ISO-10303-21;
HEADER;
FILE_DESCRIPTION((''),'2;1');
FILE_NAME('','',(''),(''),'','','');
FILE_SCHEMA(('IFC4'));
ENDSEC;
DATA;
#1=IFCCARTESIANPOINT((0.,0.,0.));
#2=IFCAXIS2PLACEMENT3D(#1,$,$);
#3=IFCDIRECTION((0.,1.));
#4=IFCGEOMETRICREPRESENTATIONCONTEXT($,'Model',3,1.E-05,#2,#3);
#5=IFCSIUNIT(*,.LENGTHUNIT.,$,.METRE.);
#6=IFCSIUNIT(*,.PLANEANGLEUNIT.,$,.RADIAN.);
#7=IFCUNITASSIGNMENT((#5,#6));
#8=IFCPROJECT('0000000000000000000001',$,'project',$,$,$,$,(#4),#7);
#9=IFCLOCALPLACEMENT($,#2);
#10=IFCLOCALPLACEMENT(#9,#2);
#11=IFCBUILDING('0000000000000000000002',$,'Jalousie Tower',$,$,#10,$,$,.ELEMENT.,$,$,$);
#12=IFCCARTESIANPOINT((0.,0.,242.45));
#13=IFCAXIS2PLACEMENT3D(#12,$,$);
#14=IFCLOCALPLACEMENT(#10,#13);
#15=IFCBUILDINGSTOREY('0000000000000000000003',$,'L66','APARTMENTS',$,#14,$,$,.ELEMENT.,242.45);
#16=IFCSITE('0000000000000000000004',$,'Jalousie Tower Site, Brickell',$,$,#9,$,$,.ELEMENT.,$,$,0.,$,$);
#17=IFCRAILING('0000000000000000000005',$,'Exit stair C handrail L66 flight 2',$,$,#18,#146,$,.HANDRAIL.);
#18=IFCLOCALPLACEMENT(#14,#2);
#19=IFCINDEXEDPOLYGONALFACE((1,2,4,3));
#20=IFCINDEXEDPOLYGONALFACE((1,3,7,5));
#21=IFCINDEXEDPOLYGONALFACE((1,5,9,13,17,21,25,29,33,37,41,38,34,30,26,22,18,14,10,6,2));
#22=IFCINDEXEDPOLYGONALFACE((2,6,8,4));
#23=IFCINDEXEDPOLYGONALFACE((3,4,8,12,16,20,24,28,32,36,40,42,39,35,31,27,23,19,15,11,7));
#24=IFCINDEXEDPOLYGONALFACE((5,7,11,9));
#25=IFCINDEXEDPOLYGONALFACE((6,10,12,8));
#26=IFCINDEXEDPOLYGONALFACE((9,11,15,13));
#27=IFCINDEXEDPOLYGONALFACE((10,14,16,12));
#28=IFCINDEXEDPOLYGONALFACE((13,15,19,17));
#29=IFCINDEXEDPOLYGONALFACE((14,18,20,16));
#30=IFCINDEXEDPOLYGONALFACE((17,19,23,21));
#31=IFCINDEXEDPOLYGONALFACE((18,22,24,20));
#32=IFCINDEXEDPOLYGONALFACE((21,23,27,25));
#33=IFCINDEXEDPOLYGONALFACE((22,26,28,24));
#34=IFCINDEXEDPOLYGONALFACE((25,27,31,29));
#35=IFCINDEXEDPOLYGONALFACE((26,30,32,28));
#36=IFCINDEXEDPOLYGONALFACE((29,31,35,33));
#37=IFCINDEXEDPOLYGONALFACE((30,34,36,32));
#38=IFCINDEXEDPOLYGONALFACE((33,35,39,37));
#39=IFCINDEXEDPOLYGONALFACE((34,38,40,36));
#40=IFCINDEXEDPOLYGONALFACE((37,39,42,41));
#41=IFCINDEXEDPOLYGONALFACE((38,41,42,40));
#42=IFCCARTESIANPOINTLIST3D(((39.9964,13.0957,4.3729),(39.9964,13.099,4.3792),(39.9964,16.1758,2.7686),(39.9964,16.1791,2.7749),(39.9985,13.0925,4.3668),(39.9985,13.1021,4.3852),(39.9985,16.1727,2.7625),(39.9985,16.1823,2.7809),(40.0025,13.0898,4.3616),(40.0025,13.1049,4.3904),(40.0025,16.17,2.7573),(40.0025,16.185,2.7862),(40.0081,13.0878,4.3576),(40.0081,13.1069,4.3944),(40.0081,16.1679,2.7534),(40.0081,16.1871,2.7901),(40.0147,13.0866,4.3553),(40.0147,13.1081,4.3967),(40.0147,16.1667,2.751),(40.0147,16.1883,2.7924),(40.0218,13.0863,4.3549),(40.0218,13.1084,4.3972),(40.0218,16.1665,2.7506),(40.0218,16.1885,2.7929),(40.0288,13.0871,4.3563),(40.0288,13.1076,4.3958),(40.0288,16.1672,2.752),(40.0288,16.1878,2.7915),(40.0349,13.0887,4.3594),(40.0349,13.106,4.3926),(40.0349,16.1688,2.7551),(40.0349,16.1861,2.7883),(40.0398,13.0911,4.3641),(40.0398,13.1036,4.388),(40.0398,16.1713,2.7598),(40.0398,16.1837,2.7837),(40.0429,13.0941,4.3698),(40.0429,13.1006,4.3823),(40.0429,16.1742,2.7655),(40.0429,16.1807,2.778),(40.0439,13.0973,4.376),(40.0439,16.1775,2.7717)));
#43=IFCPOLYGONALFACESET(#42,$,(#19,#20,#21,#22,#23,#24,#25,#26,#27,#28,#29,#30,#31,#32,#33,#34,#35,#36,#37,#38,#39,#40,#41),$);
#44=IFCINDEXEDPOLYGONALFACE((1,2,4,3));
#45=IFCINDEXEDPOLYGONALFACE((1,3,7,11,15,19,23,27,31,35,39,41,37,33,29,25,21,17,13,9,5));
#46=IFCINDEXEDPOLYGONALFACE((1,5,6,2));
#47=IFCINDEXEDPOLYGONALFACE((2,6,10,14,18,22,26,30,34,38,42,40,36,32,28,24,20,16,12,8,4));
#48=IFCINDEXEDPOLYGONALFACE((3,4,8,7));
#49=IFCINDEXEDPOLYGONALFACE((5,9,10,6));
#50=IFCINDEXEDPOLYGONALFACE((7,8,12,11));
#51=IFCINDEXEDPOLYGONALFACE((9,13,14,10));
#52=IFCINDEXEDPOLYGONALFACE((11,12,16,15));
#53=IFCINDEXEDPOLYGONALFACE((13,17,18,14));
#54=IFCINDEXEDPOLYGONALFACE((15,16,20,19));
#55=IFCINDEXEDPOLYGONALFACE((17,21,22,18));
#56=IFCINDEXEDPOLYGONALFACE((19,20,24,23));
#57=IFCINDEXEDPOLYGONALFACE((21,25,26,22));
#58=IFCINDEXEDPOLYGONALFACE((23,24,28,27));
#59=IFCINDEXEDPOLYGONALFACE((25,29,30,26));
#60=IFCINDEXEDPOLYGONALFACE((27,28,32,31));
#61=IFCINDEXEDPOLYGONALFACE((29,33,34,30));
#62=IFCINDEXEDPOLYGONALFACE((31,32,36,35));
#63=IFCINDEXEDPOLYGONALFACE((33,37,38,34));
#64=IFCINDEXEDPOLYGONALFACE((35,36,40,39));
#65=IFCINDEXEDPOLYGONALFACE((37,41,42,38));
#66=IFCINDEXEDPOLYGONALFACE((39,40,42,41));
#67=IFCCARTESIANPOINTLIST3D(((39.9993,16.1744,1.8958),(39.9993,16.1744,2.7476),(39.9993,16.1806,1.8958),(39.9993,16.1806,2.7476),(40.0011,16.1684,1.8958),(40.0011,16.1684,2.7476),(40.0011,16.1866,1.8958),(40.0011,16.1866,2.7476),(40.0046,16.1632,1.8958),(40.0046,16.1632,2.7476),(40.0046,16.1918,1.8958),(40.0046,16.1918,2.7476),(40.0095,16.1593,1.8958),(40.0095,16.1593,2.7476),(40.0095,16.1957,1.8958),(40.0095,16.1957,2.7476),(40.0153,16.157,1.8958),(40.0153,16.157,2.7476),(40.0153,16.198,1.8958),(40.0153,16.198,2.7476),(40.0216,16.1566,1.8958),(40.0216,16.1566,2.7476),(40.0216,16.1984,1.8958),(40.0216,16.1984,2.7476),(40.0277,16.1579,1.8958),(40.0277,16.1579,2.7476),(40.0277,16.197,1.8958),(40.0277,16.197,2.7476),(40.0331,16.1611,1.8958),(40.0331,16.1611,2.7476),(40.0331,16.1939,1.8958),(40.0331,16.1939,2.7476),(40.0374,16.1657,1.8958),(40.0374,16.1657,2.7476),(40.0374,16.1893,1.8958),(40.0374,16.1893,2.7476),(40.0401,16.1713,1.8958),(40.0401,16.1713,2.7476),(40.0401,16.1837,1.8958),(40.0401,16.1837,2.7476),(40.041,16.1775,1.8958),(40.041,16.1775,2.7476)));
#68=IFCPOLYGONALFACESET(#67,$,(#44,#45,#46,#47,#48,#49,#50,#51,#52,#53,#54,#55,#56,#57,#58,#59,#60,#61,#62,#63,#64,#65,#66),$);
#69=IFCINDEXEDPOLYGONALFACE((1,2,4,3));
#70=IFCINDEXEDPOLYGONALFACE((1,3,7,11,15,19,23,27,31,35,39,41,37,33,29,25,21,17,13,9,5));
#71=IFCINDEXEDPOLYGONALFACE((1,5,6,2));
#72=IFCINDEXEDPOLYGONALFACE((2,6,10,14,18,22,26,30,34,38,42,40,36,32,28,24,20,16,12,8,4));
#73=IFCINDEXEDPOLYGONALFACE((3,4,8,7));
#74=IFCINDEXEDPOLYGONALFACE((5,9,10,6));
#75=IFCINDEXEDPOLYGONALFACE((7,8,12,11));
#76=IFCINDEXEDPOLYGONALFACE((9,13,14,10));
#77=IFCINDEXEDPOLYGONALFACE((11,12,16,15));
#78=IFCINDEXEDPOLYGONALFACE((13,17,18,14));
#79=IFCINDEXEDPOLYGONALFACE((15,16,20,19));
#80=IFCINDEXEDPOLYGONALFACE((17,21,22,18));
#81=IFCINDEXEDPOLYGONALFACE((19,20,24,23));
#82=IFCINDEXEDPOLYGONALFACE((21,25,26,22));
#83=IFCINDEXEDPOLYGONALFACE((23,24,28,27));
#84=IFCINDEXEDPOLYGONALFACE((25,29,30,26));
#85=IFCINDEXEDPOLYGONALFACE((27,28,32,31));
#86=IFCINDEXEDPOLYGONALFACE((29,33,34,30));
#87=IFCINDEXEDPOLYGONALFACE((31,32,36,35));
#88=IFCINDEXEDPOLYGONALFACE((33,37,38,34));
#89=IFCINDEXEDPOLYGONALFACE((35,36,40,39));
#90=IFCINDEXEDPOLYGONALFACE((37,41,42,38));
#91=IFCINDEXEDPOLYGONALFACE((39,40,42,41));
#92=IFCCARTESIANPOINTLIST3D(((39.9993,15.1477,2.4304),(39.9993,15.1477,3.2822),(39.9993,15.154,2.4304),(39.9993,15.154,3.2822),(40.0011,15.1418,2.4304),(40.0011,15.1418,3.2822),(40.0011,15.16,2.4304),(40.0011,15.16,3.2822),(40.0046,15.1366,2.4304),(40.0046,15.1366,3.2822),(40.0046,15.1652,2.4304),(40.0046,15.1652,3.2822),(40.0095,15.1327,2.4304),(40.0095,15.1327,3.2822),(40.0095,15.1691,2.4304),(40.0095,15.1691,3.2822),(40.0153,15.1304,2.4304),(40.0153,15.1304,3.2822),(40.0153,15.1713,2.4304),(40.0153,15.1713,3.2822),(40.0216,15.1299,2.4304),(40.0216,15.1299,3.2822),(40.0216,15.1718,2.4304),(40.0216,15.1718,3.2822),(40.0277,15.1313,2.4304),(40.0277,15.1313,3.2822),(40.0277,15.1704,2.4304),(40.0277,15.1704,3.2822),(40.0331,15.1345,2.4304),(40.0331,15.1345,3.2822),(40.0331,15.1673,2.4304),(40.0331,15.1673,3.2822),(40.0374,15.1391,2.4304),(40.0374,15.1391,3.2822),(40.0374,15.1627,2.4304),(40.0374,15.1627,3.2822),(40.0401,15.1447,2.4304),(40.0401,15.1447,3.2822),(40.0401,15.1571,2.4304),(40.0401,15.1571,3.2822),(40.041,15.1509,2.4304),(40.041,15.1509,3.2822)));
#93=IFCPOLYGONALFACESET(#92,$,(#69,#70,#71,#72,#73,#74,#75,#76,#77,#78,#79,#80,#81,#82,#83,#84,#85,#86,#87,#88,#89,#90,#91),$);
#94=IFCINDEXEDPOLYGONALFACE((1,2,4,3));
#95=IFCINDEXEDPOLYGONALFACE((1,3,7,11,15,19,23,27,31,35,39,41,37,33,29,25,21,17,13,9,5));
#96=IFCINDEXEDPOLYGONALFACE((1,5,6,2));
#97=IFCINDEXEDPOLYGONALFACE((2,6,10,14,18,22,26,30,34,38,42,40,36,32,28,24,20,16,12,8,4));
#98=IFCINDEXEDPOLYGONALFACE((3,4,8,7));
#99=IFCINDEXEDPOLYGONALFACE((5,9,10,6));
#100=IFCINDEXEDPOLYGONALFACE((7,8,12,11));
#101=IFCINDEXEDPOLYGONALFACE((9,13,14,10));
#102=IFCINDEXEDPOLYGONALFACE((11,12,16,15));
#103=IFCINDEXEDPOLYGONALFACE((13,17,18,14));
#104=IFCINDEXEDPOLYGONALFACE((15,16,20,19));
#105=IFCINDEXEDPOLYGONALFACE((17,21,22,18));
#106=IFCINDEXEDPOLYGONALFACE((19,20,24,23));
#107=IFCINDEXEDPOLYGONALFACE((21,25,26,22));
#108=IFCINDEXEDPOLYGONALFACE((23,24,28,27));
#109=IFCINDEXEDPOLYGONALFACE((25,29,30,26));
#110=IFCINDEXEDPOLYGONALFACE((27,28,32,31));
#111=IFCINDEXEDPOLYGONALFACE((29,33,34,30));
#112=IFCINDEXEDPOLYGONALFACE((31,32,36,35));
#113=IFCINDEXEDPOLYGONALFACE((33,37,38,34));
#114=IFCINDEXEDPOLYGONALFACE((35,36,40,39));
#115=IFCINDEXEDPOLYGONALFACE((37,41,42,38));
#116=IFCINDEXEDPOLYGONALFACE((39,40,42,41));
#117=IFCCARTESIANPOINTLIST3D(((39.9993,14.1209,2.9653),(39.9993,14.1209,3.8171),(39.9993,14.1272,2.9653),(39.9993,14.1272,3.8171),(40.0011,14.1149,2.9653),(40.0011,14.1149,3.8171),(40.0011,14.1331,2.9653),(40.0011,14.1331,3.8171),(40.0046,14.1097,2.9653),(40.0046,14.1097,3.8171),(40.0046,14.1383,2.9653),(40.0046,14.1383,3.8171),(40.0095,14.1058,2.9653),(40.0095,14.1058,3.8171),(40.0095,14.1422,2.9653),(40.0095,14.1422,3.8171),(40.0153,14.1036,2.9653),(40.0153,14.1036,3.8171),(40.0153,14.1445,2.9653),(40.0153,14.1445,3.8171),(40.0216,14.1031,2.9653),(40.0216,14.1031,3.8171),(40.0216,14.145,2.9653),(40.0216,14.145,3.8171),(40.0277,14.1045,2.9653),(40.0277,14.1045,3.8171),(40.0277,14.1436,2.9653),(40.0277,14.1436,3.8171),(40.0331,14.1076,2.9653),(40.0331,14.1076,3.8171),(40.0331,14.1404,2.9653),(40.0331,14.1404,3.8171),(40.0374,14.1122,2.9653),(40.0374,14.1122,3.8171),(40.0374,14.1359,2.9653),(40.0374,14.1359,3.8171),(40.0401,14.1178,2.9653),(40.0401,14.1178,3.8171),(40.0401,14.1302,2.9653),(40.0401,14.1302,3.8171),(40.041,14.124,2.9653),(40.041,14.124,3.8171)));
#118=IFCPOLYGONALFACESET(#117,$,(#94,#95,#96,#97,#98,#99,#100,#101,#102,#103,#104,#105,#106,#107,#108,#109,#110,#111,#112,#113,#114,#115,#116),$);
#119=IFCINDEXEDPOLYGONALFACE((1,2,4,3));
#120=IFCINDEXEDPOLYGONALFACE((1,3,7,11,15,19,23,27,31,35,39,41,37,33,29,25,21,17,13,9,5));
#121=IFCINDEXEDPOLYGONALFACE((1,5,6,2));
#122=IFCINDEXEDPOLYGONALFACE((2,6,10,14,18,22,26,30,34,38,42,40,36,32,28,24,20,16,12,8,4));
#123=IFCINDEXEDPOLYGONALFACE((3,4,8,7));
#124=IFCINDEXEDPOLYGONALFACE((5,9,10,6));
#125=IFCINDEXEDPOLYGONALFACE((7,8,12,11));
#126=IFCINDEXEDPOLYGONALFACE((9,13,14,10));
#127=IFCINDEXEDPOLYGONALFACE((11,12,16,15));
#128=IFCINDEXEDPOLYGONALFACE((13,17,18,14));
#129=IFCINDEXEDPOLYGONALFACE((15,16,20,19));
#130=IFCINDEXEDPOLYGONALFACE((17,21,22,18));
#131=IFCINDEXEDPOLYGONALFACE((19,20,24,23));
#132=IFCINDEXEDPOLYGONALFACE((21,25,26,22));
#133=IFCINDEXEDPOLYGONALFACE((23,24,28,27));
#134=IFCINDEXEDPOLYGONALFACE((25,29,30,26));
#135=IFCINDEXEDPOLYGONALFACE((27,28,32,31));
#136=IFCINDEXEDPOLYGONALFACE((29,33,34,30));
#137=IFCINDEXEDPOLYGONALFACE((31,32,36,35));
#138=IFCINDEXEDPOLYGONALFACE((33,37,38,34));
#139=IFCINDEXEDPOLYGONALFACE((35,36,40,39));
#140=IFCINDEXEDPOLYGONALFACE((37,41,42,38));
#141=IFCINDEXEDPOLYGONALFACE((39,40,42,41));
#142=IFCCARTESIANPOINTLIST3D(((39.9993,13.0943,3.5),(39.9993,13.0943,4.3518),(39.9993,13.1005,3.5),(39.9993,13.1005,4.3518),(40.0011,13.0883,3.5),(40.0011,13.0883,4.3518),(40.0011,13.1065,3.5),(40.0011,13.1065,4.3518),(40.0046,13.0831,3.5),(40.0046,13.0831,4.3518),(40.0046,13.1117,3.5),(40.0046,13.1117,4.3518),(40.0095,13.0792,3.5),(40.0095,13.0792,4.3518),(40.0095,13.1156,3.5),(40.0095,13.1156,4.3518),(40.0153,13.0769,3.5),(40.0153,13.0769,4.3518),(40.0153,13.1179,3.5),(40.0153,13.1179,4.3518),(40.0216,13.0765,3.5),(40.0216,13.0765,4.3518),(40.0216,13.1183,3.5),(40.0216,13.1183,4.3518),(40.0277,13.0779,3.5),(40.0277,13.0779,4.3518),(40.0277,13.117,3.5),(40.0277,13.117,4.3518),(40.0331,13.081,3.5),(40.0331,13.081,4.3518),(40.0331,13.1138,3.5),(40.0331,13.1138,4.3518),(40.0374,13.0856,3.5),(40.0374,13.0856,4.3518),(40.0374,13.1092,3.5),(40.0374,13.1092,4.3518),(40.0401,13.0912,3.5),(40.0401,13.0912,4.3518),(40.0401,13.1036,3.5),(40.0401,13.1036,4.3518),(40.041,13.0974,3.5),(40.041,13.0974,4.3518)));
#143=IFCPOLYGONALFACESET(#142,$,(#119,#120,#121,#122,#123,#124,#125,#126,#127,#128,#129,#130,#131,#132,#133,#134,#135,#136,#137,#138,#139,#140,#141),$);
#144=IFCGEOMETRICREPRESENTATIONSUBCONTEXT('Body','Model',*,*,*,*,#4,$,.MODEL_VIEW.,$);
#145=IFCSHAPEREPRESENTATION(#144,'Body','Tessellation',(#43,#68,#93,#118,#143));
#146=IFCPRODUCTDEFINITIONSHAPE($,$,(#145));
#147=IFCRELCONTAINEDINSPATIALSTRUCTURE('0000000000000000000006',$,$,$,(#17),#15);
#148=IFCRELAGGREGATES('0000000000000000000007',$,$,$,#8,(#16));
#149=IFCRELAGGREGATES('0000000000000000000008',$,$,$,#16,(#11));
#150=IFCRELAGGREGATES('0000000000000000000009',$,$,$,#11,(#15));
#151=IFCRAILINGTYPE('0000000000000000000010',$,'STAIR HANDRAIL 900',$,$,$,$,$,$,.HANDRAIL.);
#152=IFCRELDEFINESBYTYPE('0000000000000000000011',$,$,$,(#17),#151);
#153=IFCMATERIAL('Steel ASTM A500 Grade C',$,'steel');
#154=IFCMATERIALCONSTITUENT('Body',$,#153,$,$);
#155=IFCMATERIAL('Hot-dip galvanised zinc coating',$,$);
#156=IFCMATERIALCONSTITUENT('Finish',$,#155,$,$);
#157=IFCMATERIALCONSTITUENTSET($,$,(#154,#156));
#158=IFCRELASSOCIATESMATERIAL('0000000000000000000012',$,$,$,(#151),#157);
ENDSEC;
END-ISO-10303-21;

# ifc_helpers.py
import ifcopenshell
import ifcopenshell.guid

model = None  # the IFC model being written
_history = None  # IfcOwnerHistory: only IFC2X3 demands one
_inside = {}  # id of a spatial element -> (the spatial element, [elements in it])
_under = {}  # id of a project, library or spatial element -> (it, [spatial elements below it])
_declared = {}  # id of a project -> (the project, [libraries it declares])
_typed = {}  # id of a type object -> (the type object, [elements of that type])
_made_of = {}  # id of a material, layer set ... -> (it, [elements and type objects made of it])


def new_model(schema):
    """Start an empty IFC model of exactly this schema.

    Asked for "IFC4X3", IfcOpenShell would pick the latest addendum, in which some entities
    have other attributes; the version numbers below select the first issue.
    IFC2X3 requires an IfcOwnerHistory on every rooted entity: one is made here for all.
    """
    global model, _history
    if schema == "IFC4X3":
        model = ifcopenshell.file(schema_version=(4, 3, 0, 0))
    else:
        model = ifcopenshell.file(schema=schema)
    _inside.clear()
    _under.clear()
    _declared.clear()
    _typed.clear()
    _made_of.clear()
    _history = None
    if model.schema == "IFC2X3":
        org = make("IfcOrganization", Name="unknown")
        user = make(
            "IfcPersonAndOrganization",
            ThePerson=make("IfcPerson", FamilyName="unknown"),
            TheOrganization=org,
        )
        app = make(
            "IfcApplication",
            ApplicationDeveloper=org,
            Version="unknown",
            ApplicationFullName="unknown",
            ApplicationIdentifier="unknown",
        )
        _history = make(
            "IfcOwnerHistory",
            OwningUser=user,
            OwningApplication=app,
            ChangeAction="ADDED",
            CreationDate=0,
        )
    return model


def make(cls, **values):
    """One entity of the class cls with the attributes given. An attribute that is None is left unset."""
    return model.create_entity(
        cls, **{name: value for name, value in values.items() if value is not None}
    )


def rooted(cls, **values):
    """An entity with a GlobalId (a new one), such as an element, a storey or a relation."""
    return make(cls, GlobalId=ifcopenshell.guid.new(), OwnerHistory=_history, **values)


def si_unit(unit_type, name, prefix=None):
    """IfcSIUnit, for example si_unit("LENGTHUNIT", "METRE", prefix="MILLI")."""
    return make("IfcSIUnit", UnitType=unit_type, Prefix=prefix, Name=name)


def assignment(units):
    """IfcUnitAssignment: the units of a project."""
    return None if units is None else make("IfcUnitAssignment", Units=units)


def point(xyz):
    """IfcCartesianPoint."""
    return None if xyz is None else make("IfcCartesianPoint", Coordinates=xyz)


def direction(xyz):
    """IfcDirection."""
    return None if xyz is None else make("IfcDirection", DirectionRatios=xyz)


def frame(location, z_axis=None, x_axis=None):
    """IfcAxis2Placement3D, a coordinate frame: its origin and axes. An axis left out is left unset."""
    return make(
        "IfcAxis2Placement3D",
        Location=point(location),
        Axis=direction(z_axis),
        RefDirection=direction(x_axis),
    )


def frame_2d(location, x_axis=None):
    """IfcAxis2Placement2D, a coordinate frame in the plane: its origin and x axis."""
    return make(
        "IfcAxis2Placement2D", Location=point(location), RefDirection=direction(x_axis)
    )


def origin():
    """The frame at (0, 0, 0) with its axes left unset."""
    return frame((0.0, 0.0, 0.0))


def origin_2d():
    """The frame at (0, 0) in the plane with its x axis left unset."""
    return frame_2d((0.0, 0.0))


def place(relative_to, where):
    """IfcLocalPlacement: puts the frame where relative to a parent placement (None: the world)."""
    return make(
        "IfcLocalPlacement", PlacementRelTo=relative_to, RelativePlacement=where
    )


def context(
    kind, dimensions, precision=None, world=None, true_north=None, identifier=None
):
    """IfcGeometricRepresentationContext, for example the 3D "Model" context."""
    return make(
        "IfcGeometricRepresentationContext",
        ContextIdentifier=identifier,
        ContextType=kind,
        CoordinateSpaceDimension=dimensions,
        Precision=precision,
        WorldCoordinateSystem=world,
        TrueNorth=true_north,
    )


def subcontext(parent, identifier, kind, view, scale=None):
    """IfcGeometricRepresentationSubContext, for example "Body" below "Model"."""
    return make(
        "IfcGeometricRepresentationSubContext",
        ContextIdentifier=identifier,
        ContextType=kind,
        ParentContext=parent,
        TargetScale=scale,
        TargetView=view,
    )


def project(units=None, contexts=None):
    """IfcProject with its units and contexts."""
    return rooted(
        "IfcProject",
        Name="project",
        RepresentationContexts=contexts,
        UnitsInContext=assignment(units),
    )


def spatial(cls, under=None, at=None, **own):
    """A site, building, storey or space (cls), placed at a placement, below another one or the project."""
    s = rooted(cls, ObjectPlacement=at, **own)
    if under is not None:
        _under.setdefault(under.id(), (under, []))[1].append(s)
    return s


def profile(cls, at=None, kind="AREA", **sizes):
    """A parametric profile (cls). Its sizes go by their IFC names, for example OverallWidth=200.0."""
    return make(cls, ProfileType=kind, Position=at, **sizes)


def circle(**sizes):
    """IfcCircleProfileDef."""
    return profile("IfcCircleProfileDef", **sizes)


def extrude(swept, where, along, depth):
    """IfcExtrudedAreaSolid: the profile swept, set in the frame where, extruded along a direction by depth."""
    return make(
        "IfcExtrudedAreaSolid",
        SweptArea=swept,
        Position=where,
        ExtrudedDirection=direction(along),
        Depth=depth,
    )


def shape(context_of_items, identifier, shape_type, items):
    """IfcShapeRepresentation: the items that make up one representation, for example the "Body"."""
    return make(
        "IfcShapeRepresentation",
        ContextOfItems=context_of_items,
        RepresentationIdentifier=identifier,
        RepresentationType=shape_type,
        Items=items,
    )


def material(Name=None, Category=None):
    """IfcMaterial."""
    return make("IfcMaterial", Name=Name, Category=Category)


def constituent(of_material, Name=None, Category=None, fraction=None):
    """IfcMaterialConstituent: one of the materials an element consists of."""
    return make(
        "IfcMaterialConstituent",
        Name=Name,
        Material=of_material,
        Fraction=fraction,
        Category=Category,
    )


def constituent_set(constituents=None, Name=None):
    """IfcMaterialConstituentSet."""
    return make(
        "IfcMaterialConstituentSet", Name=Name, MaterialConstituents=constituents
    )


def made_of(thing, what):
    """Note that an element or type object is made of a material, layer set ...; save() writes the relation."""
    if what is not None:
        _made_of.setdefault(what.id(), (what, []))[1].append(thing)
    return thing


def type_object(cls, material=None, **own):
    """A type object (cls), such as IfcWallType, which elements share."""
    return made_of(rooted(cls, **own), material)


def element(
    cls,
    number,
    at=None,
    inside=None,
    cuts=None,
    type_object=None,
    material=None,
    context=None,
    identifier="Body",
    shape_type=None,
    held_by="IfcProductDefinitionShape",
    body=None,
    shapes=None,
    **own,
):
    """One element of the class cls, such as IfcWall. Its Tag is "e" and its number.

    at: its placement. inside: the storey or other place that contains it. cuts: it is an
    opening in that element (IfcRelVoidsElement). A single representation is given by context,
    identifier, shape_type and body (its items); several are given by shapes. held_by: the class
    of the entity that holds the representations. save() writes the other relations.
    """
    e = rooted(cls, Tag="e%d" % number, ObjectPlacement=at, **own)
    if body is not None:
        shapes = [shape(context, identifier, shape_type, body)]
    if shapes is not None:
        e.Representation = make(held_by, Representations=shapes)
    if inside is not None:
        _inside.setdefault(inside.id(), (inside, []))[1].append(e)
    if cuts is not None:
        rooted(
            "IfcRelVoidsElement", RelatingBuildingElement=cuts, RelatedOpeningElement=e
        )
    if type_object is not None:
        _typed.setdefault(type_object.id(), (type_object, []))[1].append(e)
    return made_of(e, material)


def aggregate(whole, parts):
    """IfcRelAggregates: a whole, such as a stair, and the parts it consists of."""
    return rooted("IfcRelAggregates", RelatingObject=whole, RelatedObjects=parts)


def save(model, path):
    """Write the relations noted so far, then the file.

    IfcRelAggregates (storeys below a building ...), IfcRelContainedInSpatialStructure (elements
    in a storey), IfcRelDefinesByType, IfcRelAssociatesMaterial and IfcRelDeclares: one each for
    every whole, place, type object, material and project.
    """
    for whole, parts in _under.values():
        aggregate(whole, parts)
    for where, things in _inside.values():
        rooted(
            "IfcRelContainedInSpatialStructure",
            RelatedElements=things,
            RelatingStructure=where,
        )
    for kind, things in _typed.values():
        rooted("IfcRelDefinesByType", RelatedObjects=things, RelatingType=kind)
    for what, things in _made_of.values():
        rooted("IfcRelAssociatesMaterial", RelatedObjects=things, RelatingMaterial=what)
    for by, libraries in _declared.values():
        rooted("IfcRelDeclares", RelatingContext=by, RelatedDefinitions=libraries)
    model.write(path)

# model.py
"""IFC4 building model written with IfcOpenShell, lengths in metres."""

from ifc_helpers import new_model, si_unit, direction, frame, origin, origin_2d, place, context, subcontext, project, spatial, circle, extrude, material, constituent, constituent_set, type_object, element, save


model = new_model("IFC4")

# Units and contexts
model_context = context("Model", 3, precision=1e-05, world=origin(), true_north=direction((0.0, 1.0)))
body_context = subcontext(model_context, "Body", "Model", "MODEL_VIEW")
ifc_project = project(units=[si_unit("LENGTHUNIT", "METRE"), si_unit("PLANEANGLEUNIT", "RADIAN")], contexts=[model_context])

# Site, building, storey
site_placement = place(None, origin())
site = spatial("IfcSite", under=ifc_project, at=site_placement, Name="Jalousie Tower Site, Brickell", CompositionType="ELEMENT", RefElevation=0.0)
building_placement = place(site_placement, origin())
building = spatial("IfcBuilding", under=site, at=building_placement, Name="Jalousie Tower", CompositionType="ELEMENT")
storey_placement = place(building_placement, frame((0.0, 0.0, 242.45)))
storey = spatial("IfcBuildingStorey", under=building, at=storey_placement, Name="L66", Description="APARTMENTS", CompositionType="ELEMENT", Elevation=242.45)

# Railing
ifc_material_1 = material(Name="Steel ASTM A500 Grade C", Category="steel")
ifc_constituent_1 = constituent(ifc_material_1, Name="Body")
ifc_material_2 = material(Name="Hot-dip galvanised zinc coating")
ifc_constituent_2 = constituent(ifc_material_2, Name="Finish")
ifc_constituent_set_1 = constituent_set(constituents=[ifc_constituent_1, ifc_constituent_2])
railing_type_1 = type_object("IfcRailingType", Name="STAIR HANDRAIL 900", PredefinedType="HANDRAIL", material=ifc_constituent_set_1)
railing_1_placement = place(storey_placement, frame((40.02, 16.1775, 1.8958)))
element("IfcRailing", 1, at=railing_1_placement, inside=storey, type_object=railing_type_1, Name="Exit stair C handrail L66 flight 2", PredefinedType="HANDRAIL", context=body_context, shape_type="SweptSolid", body=[
    extrude(circle(Radius=0.0239, at=origin_2d()), frame((0.0, 0.0, 0.876), z_axis=(0.0, -0.886909, 0.461944), x_axis=(1.0, 0.0, 0.0)), (0.0, 0.0, 1.0), 3.4729),
    extrude(circle(Radius=0.021, at=origin_2d()), origin(), (0.0, 0.0, 1.0), 0.8518),
    extrude(circle(Radius=0.021, at=origin_2d()), frame((0.0, -1.0266, 0.5347)), (0.0, 0.0, 1.0), 0.8518),
    extrude(circle(Radius=0.021, at=origin_2d()), frame((0.0, -2.0535, 1.0696)), (0.0, 0.0, 1.0), 0.8518),
    extrude(circle(Radius=0.021, at=origin_2d()), frame((0.0, -3.0801, 1.6042)), (0.0, 0.0, 1.0), 0.8518),
])

save(model, "model.ifc")
